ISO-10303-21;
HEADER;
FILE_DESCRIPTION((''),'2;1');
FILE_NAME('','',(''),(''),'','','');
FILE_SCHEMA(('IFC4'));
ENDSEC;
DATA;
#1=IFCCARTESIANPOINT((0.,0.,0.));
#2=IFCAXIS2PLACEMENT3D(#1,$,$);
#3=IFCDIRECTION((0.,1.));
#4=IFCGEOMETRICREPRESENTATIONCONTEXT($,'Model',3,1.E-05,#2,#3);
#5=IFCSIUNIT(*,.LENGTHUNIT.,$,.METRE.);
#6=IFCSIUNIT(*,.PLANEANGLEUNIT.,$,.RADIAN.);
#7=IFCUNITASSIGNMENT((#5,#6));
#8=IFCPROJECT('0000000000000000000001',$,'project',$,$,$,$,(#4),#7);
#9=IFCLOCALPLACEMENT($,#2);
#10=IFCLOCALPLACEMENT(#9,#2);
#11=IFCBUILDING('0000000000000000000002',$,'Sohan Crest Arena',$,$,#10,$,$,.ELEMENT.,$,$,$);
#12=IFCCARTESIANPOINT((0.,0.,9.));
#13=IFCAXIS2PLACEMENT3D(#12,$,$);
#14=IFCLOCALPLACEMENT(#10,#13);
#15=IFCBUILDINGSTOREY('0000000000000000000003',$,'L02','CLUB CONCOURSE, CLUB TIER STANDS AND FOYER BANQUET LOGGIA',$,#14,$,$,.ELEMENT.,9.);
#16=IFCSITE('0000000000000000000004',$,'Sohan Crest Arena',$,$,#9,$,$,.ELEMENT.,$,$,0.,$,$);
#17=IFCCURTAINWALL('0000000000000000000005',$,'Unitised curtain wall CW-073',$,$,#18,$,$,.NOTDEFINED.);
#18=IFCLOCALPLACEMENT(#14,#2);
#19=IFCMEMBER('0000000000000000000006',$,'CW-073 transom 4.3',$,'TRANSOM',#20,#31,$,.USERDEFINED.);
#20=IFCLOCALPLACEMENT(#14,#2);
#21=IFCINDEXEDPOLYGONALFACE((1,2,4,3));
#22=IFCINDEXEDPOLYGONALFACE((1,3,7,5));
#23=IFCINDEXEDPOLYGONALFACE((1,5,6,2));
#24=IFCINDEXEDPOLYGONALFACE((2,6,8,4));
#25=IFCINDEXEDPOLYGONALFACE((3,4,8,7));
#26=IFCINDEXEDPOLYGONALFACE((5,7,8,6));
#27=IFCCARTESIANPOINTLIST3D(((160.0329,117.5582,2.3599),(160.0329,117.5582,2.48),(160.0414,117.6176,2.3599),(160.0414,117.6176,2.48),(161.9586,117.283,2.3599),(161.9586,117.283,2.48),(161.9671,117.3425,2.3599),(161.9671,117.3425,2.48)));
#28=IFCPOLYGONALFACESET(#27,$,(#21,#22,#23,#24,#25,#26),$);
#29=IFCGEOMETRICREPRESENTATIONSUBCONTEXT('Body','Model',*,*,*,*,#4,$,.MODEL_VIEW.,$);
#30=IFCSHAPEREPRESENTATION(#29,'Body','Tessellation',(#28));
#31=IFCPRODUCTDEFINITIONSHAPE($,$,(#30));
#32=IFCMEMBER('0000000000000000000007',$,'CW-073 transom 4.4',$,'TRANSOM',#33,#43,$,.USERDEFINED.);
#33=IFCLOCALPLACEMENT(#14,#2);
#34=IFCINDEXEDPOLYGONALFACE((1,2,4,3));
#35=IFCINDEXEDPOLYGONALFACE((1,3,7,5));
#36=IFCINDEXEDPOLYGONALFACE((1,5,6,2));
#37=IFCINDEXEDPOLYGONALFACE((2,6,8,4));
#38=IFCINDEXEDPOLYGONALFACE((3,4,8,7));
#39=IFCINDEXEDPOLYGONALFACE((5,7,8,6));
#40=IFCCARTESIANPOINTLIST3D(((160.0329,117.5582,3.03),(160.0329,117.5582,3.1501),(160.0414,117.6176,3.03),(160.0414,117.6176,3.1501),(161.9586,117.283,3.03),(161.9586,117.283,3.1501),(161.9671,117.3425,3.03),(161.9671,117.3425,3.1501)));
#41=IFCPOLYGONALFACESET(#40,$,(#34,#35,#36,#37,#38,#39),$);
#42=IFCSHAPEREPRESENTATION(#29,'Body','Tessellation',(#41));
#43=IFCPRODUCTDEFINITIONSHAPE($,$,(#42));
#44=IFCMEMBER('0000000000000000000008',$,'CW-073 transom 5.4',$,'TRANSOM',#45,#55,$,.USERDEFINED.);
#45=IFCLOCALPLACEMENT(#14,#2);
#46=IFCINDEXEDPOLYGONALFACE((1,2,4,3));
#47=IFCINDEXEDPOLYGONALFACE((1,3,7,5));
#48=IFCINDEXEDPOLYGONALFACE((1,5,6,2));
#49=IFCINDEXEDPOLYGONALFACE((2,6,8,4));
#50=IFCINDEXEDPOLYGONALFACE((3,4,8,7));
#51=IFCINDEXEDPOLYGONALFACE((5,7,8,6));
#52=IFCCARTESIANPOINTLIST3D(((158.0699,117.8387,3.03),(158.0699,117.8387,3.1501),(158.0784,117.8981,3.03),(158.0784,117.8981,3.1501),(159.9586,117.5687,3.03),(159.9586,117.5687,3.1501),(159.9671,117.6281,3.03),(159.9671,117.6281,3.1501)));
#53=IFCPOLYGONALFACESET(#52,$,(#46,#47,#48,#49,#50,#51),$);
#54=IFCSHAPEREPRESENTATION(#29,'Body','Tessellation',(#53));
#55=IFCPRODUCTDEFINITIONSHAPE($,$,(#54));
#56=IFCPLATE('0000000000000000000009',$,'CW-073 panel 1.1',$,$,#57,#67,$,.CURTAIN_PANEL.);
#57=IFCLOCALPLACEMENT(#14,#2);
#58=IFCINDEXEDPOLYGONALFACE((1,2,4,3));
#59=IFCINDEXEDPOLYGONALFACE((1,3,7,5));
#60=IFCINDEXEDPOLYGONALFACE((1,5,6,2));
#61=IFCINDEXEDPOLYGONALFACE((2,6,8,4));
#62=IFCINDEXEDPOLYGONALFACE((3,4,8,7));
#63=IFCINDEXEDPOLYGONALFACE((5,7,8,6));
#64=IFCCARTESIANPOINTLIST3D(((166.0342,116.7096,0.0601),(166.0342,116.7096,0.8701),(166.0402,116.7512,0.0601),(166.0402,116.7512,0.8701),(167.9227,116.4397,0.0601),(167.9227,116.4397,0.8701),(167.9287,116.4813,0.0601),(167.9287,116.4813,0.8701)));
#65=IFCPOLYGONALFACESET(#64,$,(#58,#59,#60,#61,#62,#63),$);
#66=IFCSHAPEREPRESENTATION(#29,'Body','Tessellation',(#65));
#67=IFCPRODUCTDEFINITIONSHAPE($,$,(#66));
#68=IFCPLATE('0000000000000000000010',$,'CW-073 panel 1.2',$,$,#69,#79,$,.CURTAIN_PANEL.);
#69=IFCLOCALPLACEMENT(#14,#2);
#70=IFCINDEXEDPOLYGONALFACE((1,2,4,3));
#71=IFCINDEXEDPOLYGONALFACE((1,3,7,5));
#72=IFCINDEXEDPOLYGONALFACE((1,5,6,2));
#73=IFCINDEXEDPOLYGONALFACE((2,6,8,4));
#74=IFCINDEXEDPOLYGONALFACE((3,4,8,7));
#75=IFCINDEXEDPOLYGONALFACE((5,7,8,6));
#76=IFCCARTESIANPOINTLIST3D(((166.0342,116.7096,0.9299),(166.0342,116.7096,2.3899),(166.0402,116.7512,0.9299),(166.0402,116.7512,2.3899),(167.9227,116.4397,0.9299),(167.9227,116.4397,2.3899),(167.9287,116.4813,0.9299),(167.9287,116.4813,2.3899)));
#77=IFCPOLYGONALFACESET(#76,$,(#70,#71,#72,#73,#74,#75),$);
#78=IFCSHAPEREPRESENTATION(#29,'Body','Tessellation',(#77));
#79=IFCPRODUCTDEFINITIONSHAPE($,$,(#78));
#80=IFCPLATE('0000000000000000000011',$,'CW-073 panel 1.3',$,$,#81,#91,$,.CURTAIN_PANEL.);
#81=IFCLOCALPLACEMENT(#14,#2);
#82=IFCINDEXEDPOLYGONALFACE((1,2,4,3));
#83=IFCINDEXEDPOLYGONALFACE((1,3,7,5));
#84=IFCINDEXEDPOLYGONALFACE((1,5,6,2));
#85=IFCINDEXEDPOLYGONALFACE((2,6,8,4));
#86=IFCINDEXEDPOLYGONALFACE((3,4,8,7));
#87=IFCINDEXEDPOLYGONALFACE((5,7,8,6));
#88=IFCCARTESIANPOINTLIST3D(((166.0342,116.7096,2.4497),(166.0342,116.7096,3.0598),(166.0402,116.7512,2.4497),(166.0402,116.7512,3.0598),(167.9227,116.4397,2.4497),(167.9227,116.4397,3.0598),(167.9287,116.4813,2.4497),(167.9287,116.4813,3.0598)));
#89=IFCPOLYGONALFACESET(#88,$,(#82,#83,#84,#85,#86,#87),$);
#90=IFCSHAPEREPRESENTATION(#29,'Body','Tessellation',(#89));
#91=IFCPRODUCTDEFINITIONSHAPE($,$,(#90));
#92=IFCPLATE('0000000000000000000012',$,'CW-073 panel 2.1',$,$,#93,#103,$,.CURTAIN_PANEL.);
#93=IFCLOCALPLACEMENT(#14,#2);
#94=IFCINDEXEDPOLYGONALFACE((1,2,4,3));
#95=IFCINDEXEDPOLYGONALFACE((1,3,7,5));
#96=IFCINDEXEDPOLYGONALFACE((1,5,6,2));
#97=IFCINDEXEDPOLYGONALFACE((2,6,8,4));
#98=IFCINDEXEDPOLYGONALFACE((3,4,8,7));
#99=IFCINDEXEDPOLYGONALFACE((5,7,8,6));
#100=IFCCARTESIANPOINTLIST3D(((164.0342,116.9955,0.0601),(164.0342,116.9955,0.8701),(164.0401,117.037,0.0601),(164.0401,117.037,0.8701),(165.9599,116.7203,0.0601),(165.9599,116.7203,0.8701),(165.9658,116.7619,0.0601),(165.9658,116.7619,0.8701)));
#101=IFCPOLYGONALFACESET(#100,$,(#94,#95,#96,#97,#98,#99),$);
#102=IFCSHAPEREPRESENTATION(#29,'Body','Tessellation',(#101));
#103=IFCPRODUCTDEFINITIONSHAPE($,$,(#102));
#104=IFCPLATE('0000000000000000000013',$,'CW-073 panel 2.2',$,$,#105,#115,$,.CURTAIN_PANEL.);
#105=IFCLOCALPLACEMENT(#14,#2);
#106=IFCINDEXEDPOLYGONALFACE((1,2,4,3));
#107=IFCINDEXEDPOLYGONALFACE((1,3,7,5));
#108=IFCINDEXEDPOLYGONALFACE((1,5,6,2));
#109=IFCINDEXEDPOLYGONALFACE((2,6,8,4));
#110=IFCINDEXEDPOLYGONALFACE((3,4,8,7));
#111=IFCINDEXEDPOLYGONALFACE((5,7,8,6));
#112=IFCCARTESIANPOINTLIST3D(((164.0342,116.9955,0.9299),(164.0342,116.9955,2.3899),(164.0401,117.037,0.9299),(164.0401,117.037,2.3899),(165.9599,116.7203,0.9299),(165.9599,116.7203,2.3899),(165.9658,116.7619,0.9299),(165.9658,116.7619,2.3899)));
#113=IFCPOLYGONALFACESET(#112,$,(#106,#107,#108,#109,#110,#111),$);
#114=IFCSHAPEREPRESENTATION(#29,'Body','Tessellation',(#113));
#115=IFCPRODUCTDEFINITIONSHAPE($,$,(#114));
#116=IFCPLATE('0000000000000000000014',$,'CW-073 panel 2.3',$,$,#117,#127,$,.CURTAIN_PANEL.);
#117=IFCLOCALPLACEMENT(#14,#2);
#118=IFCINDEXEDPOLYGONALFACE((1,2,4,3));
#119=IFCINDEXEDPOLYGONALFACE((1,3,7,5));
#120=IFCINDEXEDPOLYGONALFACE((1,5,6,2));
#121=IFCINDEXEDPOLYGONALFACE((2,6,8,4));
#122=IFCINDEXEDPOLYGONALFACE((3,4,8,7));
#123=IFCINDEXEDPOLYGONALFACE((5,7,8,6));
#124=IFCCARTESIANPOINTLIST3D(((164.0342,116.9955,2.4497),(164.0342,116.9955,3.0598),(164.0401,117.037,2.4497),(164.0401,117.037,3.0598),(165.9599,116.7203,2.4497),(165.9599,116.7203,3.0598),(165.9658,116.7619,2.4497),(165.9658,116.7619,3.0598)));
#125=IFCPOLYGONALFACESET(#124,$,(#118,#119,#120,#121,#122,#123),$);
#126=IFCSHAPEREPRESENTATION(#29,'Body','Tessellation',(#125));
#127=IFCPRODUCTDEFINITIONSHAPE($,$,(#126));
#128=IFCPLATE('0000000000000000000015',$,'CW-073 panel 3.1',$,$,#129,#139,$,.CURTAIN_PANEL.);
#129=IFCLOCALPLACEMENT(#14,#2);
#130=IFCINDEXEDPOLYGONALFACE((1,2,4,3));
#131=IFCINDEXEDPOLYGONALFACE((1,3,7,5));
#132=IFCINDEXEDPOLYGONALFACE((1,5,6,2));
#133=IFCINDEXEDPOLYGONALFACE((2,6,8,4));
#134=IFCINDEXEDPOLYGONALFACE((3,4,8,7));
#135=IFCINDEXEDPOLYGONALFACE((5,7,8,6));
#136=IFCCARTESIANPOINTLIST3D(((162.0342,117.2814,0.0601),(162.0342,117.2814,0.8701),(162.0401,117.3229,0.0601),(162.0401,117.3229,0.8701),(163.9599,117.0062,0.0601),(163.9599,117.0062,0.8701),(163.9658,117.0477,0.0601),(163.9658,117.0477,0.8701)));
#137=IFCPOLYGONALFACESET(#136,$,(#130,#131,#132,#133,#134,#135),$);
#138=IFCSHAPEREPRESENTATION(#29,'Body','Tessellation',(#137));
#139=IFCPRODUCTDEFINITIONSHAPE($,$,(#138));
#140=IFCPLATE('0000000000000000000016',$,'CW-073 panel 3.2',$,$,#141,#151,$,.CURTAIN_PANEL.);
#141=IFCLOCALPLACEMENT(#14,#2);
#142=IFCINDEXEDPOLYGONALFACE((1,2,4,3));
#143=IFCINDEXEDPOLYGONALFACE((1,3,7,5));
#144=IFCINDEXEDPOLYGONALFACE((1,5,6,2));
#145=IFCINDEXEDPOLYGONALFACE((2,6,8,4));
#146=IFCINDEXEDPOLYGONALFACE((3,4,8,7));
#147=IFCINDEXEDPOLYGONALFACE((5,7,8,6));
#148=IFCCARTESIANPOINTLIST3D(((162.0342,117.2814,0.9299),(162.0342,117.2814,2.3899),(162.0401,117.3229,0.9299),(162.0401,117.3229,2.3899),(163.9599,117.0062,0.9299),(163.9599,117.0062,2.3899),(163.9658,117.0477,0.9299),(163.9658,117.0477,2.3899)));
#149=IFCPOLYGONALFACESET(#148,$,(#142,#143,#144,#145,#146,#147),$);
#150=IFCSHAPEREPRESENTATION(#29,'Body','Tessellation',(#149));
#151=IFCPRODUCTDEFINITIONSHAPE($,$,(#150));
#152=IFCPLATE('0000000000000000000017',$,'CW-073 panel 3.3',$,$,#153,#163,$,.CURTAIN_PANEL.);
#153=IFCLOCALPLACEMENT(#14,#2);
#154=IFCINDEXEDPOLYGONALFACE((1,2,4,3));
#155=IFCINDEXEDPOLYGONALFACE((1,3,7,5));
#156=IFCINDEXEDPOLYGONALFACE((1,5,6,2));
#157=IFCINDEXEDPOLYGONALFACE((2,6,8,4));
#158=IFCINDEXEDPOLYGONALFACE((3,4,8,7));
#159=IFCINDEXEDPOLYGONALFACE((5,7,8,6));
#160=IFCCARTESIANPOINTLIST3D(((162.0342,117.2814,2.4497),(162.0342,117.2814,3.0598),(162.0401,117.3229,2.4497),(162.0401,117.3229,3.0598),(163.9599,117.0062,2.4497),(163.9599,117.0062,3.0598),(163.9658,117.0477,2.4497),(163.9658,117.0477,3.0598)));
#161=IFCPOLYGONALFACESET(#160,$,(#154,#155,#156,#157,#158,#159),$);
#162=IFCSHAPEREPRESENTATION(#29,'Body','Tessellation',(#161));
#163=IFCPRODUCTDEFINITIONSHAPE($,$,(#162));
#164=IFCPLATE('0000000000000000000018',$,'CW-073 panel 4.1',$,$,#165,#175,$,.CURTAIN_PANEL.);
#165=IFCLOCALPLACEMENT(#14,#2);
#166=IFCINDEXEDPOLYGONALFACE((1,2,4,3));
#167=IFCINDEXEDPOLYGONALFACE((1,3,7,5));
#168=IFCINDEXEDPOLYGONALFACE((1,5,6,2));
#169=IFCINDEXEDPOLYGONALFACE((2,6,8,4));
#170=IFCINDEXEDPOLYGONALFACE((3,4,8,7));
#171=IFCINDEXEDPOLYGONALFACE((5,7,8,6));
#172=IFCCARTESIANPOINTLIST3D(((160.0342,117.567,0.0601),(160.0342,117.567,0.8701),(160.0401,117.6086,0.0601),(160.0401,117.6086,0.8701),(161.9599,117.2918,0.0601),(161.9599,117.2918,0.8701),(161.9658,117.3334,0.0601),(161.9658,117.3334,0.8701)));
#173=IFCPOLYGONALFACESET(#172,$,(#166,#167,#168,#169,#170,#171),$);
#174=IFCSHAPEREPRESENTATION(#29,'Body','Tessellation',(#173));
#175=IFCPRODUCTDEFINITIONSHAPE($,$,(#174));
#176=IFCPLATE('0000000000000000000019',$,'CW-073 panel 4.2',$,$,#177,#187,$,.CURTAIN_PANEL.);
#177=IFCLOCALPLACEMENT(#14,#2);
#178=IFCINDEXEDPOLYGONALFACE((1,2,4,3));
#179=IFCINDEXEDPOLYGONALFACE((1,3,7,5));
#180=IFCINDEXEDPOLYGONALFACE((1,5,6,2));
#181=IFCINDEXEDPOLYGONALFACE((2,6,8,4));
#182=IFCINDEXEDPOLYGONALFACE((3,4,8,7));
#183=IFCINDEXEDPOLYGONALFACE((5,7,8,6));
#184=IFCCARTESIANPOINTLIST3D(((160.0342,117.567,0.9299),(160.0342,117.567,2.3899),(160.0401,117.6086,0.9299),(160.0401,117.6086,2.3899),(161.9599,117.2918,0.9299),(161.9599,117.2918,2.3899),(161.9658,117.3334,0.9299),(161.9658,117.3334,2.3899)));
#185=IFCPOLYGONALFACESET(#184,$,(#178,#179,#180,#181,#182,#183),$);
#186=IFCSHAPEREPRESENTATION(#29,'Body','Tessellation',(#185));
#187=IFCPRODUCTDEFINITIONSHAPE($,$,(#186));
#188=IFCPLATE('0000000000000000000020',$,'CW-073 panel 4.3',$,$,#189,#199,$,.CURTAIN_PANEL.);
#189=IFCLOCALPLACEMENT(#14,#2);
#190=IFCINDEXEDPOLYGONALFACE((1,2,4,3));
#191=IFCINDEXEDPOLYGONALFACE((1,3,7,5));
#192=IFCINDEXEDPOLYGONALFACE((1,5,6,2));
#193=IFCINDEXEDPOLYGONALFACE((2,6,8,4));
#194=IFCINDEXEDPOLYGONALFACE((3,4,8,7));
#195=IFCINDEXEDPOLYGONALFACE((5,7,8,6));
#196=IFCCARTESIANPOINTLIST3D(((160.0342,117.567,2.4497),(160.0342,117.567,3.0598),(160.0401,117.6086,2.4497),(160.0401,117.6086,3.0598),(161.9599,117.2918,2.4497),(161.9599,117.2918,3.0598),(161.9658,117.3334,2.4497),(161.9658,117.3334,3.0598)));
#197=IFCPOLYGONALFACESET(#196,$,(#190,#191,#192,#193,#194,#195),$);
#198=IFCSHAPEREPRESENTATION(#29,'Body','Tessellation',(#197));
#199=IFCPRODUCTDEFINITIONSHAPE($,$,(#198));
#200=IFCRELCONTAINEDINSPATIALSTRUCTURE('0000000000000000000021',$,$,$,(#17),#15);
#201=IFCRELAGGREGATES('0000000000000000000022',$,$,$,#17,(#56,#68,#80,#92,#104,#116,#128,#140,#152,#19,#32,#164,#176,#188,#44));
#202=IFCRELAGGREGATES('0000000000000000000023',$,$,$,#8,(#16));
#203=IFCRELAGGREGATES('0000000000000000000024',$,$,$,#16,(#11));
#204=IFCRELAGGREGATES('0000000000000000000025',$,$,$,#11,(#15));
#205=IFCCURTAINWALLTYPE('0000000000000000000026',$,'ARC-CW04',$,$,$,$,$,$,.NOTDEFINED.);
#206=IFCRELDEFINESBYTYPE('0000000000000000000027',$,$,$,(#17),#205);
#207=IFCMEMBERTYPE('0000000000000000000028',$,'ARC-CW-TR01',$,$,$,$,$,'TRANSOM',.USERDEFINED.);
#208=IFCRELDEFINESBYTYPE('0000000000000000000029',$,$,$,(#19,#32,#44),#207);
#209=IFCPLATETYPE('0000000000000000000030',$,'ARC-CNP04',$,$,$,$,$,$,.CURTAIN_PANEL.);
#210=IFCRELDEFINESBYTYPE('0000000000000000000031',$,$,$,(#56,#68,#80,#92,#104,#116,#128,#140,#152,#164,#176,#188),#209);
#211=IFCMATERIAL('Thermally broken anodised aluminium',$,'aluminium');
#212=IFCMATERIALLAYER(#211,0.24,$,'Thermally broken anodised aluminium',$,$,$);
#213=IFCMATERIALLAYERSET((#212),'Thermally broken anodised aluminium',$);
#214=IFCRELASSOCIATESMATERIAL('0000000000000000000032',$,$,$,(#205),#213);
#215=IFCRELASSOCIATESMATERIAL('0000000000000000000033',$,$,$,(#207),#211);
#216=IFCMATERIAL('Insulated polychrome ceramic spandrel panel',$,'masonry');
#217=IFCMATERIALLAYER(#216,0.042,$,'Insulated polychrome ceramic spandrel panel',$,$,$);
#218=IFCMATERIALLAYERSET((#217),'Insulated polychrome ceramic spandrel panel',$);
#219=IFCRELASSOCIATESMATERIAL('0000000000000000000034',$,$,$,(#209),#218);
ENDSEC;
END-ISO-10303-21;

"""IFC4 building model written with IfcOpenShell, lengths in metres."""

from ifc_helpers import new_model, si_unit, direction, frame, origin, origin_2d, place, context, subcontext, project, spatial, rectangle, extrude, material, layer, layer_set, material_profile, profile_set, type_object, element, aggregate, save


model = new_model("IFC4")

# Units and contexts
model_context = context("Model", 3, precision=1e-05, world=origin(), true_north=direction((0.0, 1.0)))
body_context = subcontext(model_context, "Body", "Model", "MODEL_VIEW")
ifc_project = project(units=[si_unit("LENGTHUNIT", "METRE"), si_unit("PLANEANGLEUNIT", "RADIAN")], contexts=[model_context])

# Site, building, storey
site_placement = place(None, origin())
site = spatial("IfcSite", under=ifc_project, at=site_placement, Name="Sohan Crest Arena", CompositionType="ELEMENT", RefElevation=0.0)
building_placement = place(site_placement, origin())
building = spatial("IfcBuilding", under=site, at=building_placement, Name="Sohan Crest Arena", CompositionType="ELEMENT")
storey_placement = place(building_placement, frame((0.0, 0.0, 9.0)))
storey = spatial("IfcBuildingStorey", under=building, at=storey_placement, Name="L02", Description="CLUB CONCOURSE, CLUB TIER STANDS AND FOYER BANQUET LOGGIA", CompositionType="ELEMENT", Elevation=9.0)

# Curtain wall, members, plates
ifc_material_1 = material(Name="Thermally broken anodised aluminium", Category="aluminium")
ifc_layer_1 = layer(ifc_material_1, 0.24, Name="Thermally broken anodised aluminium")
ifc_layer_set_1 = layer_set([ifc_layer_1], Name="Thermally broken anodised aluminium")
curtain_wall_type = type_object("IfcCurtainWallType", Name="ARC-CW04", PredefinedType="NOTDEFINED", material=ifc_layer_set_1)
curtain_wall_placement = place(storey_placement, origin())
curtain_wall = element("IfcCurtainWall", 1, at=curtain_wall_placement, inside=storey, type_object=curtain_wall_type, Name="Unitised curtain wall CW-073", PredefinedType="NOTDEFINED")
ifc_material_profile_1 = material_profile(ifc_material_1, rectangle(XDim=0.0601, YDim=0.1201, at=origin_2d()), Name="ALU-TRAN 60x120")
ifc_profile_set_1 = profile_set([ifc_material_profile_1], Name="Thermally broken anodised aluminium")
member_type_1 = type_object("IfcMemberType", Name="ARC-CW-TR01", ElementType="TRANSOM", PredefinedType="USERDEFINED", material=ifc_profile_set_1)
member_1_placement = place(storey_placement, frame((161.9629, 117.3127, 2.4199), z_axis=(-0.989947, 0.141439, 0.0), x_axis=(-0.141439, -0.989947, 0.0)))
member_1 = element("IfcMember", 2, at=member_1_placement, type_object=member_type_1, Name="CW-073 transom 4.3", ObjectType="TRANSOM", PredefinedType="USERDEFINED", context=body_context, shape_type="SweptSolid", body=[
    extrude(rectangle(XDim=0.0601, YDim=0.1201, at=origin_2d()), origin(), (0.0, 0.0, 1.0), 1.9453),
])
member_2_placement = place(storey_placement, frame((161.9629, 117.3127, 3.0901), z_axis=(-0.989947, 0.141439, 0.0), x_axis=(-0.141439, -0.989947, 0.0)))
member_2 = element("IfcMember", 3, at=member_2_placement, type_object=member_type_1, Name="CW-073 transom 4.4", ObjectType="TRANSOM", PredefinedType="USERDEFINED", context=body_context, shape_type="SweptSolid", body=[
    extrude(rectangle(XDim=0.0601, YDim=0.1201, at=origin_2d()), origin(), (0.0, 0.0, 1.0), 1.9453),
])
member_3_placement = place(storey_placement, frame((159.9629, 117.5984, 3.0901), z_axis=(-0.989934, 0.141529, 0.0), x_axis=(-0.141529, -0.989934, 0.0)))
member_3 = element("IfcMember", 4, at=member_3_placement, type_object=member_type_1, Name="CW-073 transom 5.4", ObjectType="TRANSOM", PredefinedType="USERDEFINED", context=body_context, shape_type="SweptSolid", body=[
    extrude(rectangle(XDim=0.0601, YDim=0.1201, at=origin_2d()), origin(), (0.0, 0.0, 1.0), 1.908),
])
ifc_material_2 = material(Name="Insulated polychrome ceramic spandrel panel", Category="masonry")
ifc_layer_2 = layer(ifc_material_2, 0.042, Name="Insulated polychrome ceramic spandrel panel")
ifc_layer_set_2 = layer_set([ifc_layer_2], Name="Insulated polychrome ceramic spandrel panel")
plate_type = type_object("IfcPlateType", Name="ARC-CNP04", PredefinedType="CURTAIN_PANEL", material=ifc_layer_set_2)
plate_1_placement = place(storey_placement, frame((166.9814, 116.5955, 0.0601), z_axis=(0.0, 0.0, 1.0), x_axis=(-0.989944, 0.141463, 0.0)))
plate_1 = element("IfcPlate", 5, at=plate_1_placement, type_object=plate_type, Name="CW-073 panel 1.1", PredefinedType="CURTAIN_PANEL", context=body_context, shape_type="SweptSolid", body=[
    extrude(rectangle(XDim=1.9077, YDim=0.042, at=origin_2d()), origin(), (0.0, 0.0, 1.0), 0.8101),
])
plate_2_placement = place(storey_placement, frame((166.9814, 116.5955, 0.9299), z_axis=(0.0, 0.0, 1.0), x_axis=(-0.989944, 0.141463, 0.0)))
plate_2 = element("IfcPlate", 6, at=plate_2_placement, type_object=plate_type, Name="CW-073 panel 1.2", PredefinedType="CURTAIN_PANEL", context=body_context, shape_type="SweptSolid", body=[
    extrude(rectangle(XDim=1.9077, YDim=0.042, at=origin_2d()), origin(), (0.0, 0.0, 1.0), 1.46),
])
plate_3_placement = place(storey_placement, frame((166.9814, 116.5955, 2.4497), z_axis=(0.0, 0.0, 1.0), x_axis=(-0.989944, 0.141463, 0.0)))
plate_3 = element("IfcPlate", 7, at=plate_3_placement, type_object=plate_type, Name="CW-073 panel 1.3", PredefinedType="CURTAIN_PANEL", context=body_context, shape_type="SweptSolid", body=[
    extrude(rectangle(XDim=1.9077, YDim=0.042, at=origin_2d()), origin(), (0.0, 0.0, 1.0), 0.6101),
])
plate_4_placement = place(storey_placement, frame((165.0, 116.8787, 0.0601), z_axis=(0.0, 0.0, 1.0), x_axis=(-0.989944, 0.141463, 0.0)))
plate_4 = element("IfcPlate", 8, at=plate_4_placement, type_object=plate_type, Name="CW-073 panel 2.1", PredefinedType="CURTAIN_PANEL", context=body_context, shape_type="SweptSolid", body=[
    extrude(rectangle(XDim=1.9453, YDim=0.042, at=origin_2d()), origin(), (0.0, 0.0, 1.0), 0.8101),
])
plate_5_placement = place(storey_placement, frame((165.0, 116.8787, 0.9299), z_axis=(0.0, 0.0, 1.0), x_axis=(-0.989944, 0.141463, 0.0)))
plate_5 = element("IfcPlate", 9, at=plate_5_placement, type_object=plate_type, Name="CW-073 panel 2.2", PredefinedType="CURTAIN_PANEL", context=body_context, shape_type="SweptSolid", body=[
    extrude(rectangle(XDim=1.9453, YDim=0.042, at=origin_2d()), origin(), (0.0, 0.0, 1.0), 1.46),
])
plate_6_placement = place(storey_placement, frame((165.0, 116.8787, 2.4497), z_axis=(0.0, 0.0, 1.0), x_axis=(-0.989944, 0.141463, 0.0)))
plate_6 = element("IfcPlate", 10, at=plate_6_placement, type_object=plate_type, Name="CW-073 panel 2.3", PredefinedType="CURTAIN_PANEL", context=body_context, shape_type="SweptSolid", body=[
    extrude(rectangle(XDim=1.9453, YDim=0.042, at=origin_2d()), origin(), (0.0, 0.0, 1.0), 0.6101),
])
plate_7_placement = place(storey_placement, frame((163.0, 117.1646, 0.0601), z_axis=(0.0, 0.0, 1.0), x_axis=(-0.989944, 0.141463, 0.0)))
plate_7 = element("IfcPlate", 11, at=plate_7_placement, type_object=plate_type, Name="CW-073 panel 3.1", PredefinedType="CURTAIN_PANEL", context=body_context, shape_type="SweptSolid", body=[
    extrude(rectangle(XDim=1.9453, YDim=0.042, at=origin_2d()), origin(), (0.0, 0.0, 1.0), 0.8101),
])
plate_8_placement = place(storey_placement, frame((163.0, 117.1646, 0.9299), z_axis=(0.0, 0.0, 1.0), x_axis=(-0.989944, 0.141463, 0.0)))
plate_8 = element("IfcPlate", 12, at=plate_8_placement, type_object=plate_type, Name="CW-073 panel 3.2", PredefinedType="CURTAIN_PANEL", context=body_context, shape_type="SweptSolid", body=[
    extrude(rectangle(XDim=1.9453, YDim=0.042, at=origin_2d()), origin(), (0.0, 0.0, 1.0), 1.46),
])
plate_9_placement = place(storey_placement, frame((163.0, 117.1646, 2.4497), z_axis=(0.0, 0.0, 1.0), x_axis=(-0.989944, 0.141463, 0.0)))
plate_9 = element("IfcPlate", 13, at=plate_9_placement, type_object=plate_type, Name="CW-073 panel 3.3", PredefinedType="CURTAIN_PANEL", context=body_context, shape_type="SweptSolid", body=[
    extrude(rectangle(XDim=1.9453, YDim=0.042, at=origin_2d()), origin(), (0.0, 0.0, 1.0), 0.6101),
])
plate_10_placement = place(storey_placement, frame((161.0, 117.4502, 0.0601), z_axis=(0.0, 0.0, 1.0), x_axis=(-0.989944, 0.141463, 0.0)))
plate_10 = element("IfcPlate", 14, at=plate_10_placement, type_object=plate_type, Name="CW-073 panel 4.1", PredefinedType="CURTAIN_PANEL", context=body_context, shape_type="SweptSolid", body=[
    extrude(rectangle(XDim=1.9453, YDim=0.042, at=origin_2d()), origin(), (0.0, 0.0, 1.0), 0.8101),
])
plate_11_placement = place(storey_placement, frame((161.0, 117.4502, 0.9299), z_axis=(0.0, 0.0, 1.0), x_axis=(-0.989944, 0.141463, 0.0)))
plate_11 = element("IfcPlate", 15, at=plate_11_placement, type_object=plate_type, Name="CW-073 panel 4.2", PredefinedType="CURTAIN_PANEL", context=body_context, shape_type="SweptSolid", body=[
    extrude(rectangle(XDim=1.9453, YDim=0.042, at=origin_2d()), origin(), (0.0, 0.0, 1.0), 1.46),
])
plate_12_placement = place(storey_placement, frame((161.0, 117.4502, 2.4497), z_axis=(0.0, 0.0, 1.0), x_axis=(-0.989944, 0.141463, 0.0)))
plate_12 = element("IfcPlate", 16, at=plate_12_placement, type_object=plate_type, Name="CW-073 panel 4.3", PredefinedType="CURTAIN_PANEL", context=body_context, shape_type="SweptSolid", body=[
    extrude(rectangle(XDim=1.9453, YDim=0.042, at=origin_2d()), origin(), (0.0, 0.0, 1.0), 0.6101),
])
aggregate(curtain_wall, [plate_1, plate_2, plate_3, plate_4, plate_5, plate_6, plate_7, plate_8, plate_9, member_1, member_2, plate_10, plate_11, plate_12, member_3])

save(model, "model.ifc")
